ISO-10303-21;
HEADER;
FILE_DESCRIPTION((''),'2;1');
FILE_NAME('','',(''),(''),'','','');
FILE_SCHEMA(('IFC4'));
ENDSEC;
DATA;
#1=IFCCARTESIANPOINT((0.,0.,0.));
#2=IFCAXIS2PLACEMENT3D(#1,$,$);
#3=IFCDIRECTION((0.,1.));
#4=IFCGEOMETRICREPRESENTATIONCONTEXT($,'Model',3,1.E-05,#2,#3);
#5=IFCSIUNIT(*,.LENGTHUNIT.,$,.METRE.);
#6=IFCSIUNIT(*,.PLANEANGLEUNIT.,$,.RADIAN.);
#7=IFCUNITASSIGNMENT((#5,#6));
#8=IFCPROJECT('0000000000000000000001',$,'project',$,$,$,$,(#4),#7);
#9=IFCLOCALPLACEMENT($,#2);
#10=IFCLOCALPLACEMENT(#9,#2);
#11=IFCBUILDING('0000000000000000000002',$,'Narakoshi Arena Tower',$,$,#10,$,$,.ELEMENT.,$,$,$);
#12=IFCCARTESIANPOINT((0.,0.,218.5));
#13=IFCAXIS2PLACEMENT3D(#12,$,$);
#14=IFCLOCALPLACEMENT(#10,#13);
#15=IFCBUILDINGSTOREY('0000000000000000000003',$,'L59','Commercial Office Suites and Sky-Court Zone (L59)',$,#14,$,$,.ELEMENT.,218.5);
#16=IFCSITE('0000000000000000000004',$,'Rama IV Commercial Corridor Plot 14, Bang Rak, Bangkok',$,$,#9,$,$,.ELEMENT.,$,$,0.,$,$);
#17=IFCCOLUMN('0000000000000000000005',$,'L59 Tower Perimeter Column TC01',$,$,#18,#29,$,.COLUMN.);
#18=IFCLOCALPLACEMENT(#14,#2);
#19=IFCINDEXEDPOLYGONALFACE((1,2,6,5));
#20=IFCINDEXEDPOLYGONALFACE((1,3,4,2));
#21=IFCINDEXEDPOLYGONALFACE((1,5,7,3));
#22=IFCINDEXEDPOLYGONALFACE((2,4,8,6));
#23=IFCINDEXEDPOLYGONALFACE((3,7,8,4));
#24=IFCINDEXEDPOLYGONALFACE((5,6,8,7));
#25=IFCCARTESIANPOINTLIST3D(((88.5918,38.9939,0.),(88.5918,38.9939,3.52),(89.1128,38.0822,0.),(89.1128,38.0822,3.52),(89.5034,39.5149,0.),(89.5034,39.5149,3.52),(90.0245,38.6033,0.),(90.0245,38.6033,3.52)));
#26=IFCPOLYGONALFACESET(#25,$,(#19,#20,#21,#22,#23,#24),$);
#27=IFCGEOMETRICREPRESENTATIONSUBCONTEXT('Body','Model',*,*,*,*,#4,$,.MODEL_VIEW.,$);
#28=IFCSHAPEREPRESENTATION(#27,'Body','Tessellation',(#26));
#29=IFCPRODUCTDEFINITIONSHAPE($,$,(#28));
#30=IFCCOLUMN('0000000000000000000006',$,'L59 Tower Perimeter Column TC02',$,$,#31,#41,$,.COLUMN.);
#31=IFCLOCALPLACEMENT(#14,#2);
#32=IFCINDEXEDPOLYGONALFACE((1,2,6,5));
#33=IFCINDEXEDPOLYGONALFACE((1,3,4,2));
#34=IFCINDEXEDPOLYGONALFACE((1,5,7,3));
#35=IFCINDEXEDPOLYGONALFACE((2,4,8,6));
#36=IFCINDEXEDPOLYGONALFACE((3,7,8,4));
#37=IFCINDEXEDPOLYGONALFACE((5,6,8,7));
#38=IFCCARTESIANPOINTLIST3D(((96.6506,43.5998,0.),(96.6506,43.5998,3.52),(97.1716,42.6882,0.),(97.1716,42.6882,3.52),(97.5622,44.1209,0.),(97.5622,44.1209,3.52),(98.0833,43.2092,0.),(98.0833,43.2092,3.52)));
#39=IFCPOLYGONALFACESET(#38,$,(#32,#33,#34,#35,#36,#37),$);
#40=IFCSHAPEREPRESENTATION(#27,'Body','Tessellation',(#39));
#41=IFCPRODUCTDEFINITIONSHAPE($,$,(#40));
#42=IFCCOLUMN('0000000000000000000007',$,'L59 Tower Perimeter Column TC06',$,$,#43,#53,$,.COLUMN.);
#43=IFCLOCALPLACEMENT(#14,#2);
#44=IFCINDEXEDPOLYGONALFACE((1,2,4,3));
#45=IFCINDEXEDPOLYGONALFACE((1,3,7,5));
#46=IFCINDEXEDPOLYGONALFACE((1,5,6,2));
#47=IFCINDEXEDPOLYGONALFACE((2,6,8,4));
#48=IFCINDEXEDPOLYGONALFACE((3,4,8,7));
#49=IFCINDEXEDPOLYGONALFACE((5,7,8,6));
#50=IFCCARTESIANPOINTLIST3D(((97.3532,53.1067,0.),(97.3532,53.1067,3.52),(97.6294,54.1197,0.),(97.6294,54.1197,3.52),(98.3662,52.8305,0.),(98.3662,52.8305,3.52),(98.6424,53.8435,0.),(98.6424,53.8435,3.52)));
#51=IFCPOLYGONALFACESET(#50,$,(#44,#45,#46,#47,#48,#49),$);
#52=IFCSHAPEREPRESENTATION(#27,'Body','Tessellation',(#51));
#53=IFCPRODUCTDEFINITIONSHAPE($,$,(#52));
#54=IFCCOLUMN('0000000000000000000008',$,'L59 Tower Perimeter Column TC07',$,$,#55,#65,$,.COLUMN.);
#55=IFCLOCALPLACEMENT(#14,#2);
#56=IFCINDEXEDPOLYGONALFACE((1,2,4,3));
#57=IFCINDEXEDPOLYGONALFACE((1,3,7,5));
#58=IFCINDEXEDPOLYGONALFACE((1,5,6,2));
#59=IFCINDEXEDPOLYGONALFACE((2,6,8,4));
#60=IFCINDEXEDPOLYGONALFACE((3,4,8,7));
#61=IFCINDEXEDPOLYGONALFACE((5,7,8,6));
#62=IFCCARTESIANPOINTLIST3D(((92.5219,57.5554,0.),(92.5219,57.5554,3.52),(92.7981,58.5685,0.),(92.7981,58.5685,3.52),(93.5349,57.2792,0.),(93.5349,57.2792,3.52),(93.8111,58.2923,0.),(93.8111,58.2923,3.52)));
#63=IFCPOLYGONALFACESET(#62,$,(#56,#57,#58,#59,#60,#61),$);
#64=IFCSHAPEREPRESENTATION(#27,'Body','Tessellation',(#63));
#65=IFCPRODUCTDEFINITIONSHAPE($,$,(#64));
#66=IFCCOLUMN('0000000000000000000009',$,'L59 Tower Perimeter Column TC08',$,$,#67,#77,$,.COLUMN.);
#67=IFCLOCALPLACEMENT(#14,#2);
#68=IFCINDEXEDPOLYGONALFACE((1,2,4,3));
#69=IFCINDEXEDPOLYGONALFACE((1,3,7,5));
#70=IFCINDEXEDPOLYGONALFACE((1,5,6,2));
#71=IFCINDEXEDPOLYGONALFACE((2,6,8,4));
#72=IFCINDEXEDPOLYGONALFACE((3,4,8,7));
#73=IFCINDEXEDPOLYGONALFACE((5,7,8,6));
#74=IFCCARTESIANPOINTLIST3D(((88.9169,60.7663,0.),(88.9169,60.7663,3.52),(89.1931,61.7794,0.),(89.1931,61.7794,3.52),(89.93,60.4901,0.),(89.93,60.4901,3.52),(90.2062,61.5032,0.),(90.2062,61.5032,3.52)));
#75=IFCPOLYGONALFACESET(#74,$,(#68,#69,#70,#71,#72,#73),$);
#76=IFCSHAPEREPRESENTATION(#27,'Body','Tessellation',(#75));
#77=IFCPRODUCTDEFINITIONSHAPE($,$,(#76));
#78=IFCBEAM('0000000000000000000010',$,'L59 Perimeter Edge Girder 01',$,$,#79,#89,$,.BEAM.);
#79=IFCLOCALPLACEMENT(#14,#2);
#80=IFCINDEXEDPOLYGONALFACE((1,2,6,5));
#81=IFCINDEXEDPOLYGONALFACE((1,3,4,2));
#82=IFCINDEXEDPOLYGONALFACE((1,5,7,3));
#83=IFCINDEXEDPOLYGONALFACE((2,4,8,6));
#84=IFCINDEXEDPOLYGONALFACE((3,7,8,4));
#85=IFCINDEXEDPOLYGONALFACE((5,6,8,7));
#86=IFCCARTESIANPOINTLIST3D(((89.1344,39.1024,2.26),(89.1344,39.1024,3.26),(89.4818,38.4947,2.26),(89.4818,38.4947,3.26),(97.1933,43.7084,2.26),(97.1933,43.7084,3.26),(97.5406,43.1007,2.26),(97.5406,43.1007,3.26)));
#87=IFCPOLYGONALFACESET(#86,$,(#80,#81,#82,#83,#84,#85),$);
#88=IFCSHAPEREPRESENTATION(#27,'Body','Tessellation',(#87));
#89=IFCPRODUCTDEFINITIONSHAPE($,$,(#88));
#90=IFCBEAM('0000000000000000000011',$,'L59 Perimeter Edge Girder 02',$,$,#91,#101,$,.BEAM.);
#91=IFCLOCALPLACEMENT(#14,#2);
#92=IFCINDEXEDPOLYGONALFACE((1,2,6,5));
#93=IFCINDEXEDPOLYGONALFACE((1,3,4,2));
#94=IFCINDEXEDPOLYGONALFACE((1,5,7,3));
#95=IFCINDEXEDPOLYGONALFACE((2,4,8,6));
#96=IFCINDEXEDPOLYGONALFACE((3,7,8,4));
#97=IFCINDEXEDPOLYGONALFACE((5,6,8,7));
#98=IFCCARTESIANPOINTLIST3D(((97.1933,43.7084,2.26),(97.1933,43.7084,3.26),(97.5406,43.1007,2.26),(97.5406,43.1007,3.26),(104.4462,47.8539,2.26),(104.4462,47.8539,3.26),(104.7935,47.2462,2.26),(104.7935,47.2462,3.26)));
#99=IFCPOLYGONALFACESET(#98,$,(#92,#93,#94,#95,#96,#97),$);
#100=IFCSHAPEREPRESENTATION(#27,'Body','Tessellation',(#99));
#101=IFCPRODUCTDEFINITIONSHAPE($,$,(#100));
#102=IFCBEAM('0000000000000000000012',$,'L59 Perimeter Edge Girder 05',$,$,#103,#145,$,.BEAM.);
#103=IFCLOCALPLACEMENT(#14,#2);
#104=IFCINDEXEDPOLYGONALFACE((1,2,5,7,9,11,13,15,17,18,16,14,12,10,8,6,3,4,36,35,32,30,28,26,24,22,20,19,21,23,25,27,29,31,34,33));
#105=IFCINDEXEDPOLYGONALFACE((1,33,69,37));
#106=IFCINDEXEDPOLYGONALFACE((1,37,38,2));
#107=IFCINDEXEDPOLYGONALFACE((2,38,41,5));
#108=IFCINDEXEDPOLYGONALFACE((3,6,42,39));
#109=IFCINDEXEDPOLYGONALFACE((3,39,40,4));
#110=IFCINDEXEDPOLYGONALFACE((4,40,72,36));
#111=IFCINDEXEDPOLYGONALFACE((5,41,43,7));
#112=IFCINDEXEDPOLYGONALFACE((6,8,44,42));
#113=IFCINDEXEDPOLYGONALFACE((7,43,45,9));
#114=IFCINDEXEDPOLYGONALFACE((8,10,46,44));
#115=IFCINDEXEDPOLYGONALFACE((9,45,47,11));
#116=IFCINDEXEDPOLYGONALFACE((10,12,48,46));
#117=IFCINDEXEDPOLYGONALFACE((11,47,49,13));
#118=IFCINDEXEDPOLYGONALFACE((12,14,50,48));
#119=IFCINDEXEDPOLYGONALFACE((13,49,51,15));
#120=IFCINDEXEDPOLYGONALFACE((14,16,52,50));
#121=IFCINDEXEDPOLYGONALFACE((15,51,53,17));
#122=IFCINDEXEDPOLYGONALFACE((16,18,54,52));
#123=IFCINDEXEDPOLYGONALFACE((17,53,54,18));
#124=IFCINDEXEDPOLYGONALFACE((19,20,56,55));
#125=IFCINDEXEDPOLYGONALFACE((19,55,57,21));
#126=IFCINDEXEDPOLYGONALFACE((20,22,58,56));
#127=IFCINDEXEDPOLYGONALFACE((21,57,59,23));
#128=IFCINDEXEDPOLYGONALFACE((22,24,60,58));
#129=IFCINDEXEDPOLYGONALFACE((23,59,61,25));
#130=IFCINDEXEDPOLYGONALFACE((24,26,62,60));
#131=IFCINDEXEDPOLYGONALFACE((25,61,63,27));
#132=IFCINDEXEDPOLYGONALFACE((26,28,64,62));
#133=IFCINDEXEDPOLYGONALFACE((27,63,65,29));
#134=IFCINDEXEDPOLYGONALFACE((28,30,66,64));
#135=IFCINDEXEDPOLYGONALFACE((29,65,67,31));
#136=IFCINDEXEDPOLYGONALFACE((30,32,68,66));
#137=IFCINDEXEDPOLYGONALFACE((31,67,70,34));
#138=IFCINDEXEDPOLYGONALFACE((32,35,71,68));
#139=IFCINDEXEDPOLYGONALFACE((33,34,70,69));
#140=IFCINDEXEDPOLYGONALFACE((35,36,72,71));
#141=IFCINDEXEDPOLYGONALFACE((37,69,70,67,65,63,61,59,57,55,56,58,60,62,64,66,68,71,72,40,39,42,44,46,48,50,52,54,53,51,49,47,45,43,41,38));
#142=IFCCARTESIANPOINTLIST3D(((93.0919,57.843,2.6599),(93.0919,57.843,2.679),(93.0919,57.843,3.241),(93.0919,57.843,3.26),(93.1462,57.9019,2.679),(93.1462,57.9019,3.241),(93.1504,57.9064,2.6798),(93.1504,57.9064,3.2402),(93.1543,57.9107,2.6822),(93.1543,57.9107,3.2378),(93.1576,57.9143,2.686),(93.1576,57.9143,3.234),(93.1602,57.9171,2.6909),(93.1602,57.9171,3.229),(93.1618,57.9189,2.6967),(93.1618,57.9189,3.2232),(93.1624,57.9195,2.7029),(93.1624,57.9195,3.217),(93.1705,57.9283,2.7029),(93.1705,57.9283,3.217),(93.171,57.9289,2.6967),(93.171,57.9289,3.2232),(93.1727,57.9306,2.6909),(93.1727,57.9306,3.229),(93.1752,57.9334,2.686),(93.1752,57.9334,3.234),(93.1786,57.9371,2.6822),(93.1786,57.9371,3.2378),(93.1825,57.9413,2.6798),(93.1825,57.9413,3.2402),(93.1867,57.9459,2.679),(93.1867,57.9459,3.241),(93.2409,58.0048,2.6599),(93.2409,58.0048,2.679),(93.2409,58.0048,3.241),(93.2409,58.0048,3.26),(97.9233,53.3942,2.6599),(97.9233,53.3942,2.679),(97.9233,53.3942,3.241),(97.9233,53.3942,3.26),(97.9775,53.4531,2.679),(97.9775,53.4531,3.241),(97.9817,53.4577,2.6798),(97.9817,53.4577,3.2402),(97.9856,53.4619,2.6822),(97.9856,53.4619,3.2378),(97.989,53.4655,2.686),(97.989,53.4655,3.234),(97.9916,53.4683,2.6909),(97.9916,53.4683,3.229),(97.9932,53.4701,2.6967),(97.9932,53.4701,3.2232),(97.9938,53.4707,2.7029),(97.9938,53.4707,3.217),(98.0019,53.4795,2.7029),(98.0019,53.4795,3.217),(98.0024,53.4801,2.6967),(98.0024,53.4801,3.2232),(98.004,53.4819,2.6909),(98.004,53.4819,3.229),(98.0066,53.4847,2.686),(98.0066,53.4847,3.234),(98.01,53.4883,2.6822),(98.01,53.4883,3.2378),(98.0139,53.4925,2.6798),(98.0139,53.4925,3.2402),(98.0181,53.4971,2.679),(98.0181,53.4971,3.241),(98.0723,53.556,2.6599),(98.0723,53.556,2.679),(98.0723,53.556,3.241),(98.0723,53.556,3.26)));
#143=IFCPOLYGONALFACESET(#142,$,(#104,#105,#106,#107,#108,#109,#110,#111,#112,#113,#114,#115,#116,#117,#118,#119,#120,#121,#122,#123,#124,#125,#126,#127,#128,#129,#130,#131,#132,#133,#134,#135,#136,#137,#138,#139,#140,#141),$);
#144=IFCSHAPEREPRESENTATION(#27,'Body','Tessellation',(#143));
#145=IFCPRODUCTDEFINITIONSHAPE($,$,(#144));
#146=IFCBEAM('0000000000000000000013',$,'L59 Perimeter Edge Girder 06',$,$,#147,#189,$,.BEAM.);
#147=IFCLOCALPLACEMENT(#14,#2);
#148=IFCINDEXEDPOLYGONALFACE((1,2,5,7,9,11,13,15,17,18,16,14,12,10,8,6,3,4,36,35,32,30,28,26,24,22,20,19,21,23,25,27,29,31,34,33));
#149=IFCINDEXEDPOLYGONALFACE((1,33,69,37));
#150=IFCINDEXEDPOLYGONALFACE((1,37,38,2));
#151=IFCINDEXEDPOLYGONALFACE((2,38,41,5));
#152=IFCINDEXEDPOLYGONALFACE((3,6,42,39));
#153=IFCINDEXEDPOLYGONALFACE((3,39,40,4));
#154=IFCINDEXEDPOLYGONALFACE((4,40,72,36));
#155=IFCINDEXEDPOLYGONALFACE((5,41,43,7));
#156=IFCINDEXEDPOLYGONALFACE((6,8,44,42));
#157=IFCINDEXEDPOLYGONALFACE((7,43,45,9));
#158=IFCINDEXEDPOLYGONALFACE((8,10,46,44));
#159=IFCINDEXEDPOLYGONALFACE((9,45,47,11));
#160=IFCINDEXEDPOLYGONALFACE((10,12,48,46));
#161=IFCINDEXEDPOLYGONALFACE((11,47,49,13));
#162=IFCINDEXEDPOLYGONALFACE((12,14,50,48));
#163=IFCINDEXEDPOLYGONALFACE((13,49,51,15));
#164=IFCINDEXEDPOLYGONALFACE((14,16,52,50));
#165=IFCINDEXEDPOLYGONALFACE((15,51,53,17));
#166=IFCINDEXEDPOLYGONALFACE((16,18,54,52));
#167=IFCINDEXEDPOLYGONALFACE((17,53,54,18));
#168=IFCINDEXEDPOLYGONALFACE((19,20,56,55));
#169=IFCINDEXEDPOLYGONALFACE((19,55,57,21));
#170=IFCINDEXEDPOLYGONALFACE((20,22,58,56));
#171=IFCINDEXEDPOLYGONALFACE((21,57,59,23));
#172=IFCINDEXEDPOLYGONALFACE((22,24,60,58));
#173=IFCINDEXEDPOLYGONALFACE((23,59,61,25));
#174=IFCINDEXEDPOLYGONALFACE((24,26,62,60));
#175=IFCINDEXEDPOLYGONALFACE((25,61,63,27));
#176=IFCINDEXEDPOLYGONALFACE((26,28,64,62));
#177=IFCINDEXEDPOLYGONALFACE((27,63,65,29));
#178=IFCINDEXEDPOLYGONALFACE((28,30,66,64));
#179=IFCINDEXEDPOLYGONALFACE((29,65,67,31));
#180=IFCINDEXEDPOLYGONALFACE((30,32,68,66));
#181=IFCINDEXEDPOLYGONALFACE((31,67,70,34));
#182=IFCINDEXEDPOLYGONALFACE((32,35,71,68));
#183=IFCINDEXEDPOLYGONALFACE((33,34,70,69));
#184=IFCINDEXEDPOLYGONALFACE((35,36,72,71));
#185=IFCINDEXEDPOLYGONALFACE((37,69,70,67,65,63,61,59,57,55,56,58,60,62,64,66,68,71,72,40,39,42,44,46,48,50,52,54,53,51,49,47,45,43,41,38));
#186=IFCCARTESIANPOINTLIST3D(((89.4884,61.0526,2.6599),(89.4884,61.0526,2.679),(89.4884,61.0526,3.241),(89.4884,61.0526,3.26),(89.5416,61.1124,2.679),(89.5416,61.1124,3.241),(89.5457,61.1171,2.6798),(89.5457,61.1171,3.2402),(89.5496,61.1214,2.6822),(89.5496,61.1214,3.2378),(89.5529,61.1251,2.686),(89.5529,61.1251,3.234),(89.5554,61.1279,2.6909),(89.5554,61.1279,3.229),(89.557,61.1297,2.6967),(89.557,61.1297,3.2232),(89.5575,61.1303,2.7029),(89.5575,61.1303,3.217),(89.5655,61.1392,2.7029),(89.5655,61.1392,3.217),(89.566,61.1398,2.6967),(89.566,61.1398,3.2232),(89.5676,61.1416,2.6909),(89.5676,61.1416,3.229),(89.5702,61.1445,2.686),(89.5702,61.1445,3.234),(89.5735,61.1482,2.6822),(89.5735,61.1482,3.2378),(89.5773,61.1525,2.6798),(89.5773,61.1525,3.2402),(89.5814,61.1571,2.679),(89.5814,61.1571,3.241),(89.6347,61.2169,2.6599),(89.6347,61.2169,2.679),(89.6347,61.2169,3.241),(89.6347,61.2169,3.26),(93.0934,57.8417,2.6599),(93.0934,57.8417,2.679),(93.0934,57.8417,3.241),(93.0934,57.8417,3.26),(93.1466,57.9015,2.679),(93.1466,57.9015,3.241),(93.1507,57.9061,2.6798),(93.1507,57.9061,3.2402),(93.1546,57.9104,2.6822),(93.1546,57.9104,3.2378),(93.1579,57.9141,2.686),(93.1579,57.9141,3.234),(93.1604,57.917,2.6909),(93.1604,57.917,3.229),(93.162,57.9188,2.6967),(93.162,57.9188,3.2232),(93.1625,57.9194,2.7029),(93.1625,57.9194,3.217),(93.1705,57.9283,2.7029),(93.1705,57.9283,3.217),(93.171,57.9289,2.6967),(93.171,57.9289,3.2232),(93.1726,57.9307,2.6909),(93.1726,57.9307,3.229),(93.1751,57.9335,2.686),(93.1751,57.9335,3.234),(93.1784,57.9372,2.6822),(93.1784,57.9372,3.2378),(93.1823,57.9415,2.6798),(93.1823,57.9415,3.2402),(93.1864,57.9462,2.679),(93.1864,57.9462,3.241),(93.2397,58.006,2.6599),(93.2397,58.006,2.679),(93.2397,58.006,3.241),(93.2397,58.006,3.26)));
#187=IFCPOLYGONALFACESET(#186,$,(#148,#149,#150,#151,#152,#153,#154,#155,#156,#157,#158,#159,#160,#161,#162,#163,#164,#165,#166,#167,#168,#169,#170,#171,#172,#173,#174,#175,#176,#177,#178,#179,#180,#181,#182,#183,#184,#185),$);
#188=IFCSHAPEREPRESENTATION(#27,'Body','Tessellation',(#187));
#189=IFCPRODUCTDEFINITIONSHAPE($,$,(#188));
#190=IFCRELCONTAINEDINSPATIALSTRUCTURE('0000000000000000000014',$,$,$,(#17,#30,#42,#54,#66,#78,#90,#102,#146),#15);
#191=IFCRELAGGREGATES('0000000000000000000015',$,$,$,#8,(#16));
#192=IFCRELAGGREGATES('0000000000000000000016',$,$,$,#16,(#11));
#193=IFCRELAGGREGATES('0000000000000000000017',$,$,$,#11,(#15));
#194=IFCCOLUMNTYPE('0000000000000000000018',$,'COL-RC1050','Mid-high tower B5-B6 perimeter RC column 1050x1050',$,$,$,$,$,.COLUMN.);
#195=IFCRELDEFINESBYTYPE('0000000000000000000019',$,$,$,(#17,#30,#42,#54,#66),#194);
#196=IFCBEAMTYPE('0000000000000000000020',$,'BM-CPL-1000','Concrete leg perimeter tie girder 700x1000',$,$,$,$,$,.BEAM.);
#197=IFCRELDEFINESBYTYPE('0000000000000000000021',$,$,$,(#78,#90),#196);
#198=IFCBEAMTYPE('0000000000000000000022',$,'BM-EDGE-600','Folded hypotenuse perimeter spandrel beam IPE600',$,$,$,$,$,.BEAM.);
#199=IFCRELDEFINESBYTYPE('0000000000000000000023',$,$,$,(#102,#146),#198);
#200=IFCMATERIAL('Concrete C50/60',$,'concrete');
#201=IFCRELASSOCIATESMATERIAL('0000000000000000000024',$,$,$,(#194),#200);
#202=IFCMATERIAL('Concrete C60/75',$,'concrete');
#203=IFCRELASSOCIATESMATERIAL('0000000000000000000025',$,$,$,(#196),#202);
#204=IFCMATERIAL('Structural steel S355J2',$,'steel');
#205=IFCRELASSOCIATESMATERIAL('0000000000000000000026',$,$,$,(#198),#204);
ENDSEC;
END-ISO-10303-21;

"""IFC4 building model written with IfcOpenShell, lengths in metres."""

from ifc_helpers import new_model, si_unit, direction, frame, origin, origin_2d, place, context, subcontext, project, spatial, rectangle, i_section, extrude, material, material_profile, profile_set, type_object, element, save


model = new_model("IFC4")

# Units and contexts
model_context = context("Model", 3, precision=1e-05, world=origin(), true_north=direction((0.0, 1.0)))
body_context = subcontext(model_context, "Body", "Model", "MODEL_VIEW")
ifc_project = project(units=[si_unit("LENGTHUNIT", "METRE"), si_unit("PLANEANGLEUNIT", "RADIAN")], contexts=[model_context])

# Site, building, storey
site_placement = place(None, origin())
site = spatial("IfcSite", under=ifc_project, at=site_placement, Name="Rama IV Commercial Corridor Plot 14, Bang Rak, Bangkok", CompositionType="ELEMENT", RefElevation=0.0)
building_placement = place(site_placement, origin())
building = spatial("IfcBuilding", under=site, at=building_placement, Name="Narakoshi Arena Tower", CompositionType="ELEMENT")
storey_placement = place(building_placement, frame((0.0, 0.0, 218.5)))
storey = spatial("IfcBuildingStorey", under=building, at=storey_placement, Name="L59", Description="Commercial Office Suites and Sky-Court Zone (L59)", CompositionType="ELEMENT", Elevation=218.5)

# Columns
ifc_material_1 = material(Name="Concrete C50/60", Category="concrete")
ifc_material_profile_1 = material_profile(ifc_material_1, rectangle(XDim=1.05, YDim=1.05, at=origin_2d()), Name="RC1050x1050")
ifc_profile_set_1 = profile_set([ifc_material_profile_1], Name="Concrete C50/60")
column_type = type_object("IfcColumnType", Name="COL-RC1050", Description="Mid-high tower B5-B6 perimeter RC column 1050x1050", PredefinedType="COLUMN", material=ifc_profile_set_1)
for number, where, z_axis, x_axis, name in (
    (1, (89.3081, 38.7986, 0.0), (0.0, 0.0, 1.0), (0.868199, 0.496217, 0.0), "L59 Tower Perimeter Column TC01"),
    (2, (97.3669, 43.4045, 0.0), (0.0, 0.0, 1.0), (0.868199, 0.496217, 0.0), "L59 Tower Perimeter Column TC02"),
    (3, (97.9978, 53.4751, 0.0), (0.0, 0.0, 1.0), (0.263031, 0.964787, 0.0), "L59 Tower Perimeter Column TC06"),
    (4, (93.1665, 57.9238, 0.0), (0.0, 0.0, 1.0), (0.263031, 0.964787, 0.0), "L59 Tower Perimeter Column TC07"),
    (5, (89.5615, 61.1348, 0.0), (0.0, 0.0, 1.0), (0.263031, 0.964787, 0.0), "L59 Tower Perimeter Column TC08"),
):
    element("IfcColumn", number, at=place(storey_placement, frame(where, z_axis=z_axis, x_axis=x_axis)), inside=storey, type_object=column_type, Name=name, PredefinedType="COLUMN", context=body_context, shape_type="SweptSolid", body=[
        extrude(rectangle(XDim=1.05, YDim=1.05, at=origin_2d()), origin(), (0.0, 0.0, 1.0), 3.52),
    ])

# Beams
ifc_material_2 = material(Name="Concrete C60/75", Category="concrete")
ifc_material_profile_2 = material_profile(ifc_material_2, rectangle(XDim=0.7, YDim=1.0, at=origin_2d()), Name="RCB700x1000")
ifc_profile_set_2 = profile_set([ifc_material_profile_2], Name="Concrete C60/75")
beam_type_1 = type_object("IfcBeamType", Name="BM-CPL-1000", Description="Concrete leg perimeter tie girder 700x1000", PredefinedType="BEAM", material=ifc_profile_set_2)
beam_1_placement = place(storey_placement, frame((89.3081, 38.7986, 2.76), z_axis=(0.868201, 0.496213, 0.0), x_axis=(-0.496213, 0.868201, 0.0)))
element("IfcBeam", 6, at=beam_1_placement, inside=storey, type_object=beam_type_1, Name="L59 Perimeter Edge Girder 01", PredefinedType="BEAM", context=body_context, shape_type="SweptSolid", body=[
    extrude(rectangle(XDim=0.7, YDim=1.0, at=origin_2d()), origin(), (0.0, 0.0, 1.0), 9.2822),
])
beam_2_placement = place(storey_placement, frame((97.3669, 43.4045, 2.76), z_axis=(0.868193, 0.496227, 0.0), x_axis=(-0.496227, 0.868193, 0.0)))
element("IfcBeam", 7, at=beam_2_placement, inside=storey, type_object=beam_type_1, Name="L59 Perimeter Edge Girder 02", PredefinedType="BEAM", context=body_context, shape_type="SweptSolid", body=[
    extrude(rectangle(XDim=0.7, YDim=1.0, at=origin_2d()), origin(), (0.0, 0.0, 1.0), 8.354),
])
ifc_material_3 = material(Name="Structural steel S355J2", Category="steel")
ifc_material_profile_3 = material_profile(ifc_material_3, i_section(OverallWidth=0.22, OverallDepth=0.6001, WebThickness=0.012, FlangeThickness=0.019, FilletRadius=0.0239, at=origin_2d()), Name="IPE600")
ifc_profile_set_3 = profile_set([ifc_material_profile_3], Name="Structural steel S355J2")
beam_type_2 = type_object("IfcBeamType", Name="BM-EDGE-600", Description="Folded hypotenuse perimeter spandrel beam IPE600", PredefinedType="BEAM", material=ifc_profile_set_3)
beam_3_placement = place(storey_placement, frame((97.9978, 53.4751, 2.96), z_axis=(-0.735632, 0.677381, 0.0), x_axis=(-0.677381, -0.735632, 0.0)))
element("IfcBeam", 8, at=beam_3_placement, inside=storey, type_object=beam_type_2, Name="L59 Perimeter Edge Girder 05", PredefinedType="BEAM", context=body_context, shape_type="SweptSolid", body=[
    extrude(i_section(OverallWidth=0.22, OverallDepth=0.6001, WebThickness=0.012, FlangeThickness=0.019, FilletRadius=0.0239, at=origin_2d()), origin(), (0.0, 0.0, 1.0), 6.5676),
])
beam_4_placement = place(storey_placement, frame((93.1665, 57.9238, 2.96), z_axis=(-0.746739, 0.665117, 0.0), x_axis=(-0.665117, -0.746739, 0.0)))
element("IfcBeam", 9, at=beam_4_placement, inside=storey, type_object=beam_type_2, Name="L59 Perimeter Edge Girder 06", PredefinedType="BEAM", context=body_context, shape_type="SweptSolid", body=[
    extrude(i_section(OverallWidth=0.22, OverallDepth=0.6001, WebThickness=0.012, FlangeThickness=0.019, FilletRadius=0.0239, at=origin_2d()), origin(), (0.0, 0.0, 1.0), 4.8276),
])

save(model, "model.ifc")
